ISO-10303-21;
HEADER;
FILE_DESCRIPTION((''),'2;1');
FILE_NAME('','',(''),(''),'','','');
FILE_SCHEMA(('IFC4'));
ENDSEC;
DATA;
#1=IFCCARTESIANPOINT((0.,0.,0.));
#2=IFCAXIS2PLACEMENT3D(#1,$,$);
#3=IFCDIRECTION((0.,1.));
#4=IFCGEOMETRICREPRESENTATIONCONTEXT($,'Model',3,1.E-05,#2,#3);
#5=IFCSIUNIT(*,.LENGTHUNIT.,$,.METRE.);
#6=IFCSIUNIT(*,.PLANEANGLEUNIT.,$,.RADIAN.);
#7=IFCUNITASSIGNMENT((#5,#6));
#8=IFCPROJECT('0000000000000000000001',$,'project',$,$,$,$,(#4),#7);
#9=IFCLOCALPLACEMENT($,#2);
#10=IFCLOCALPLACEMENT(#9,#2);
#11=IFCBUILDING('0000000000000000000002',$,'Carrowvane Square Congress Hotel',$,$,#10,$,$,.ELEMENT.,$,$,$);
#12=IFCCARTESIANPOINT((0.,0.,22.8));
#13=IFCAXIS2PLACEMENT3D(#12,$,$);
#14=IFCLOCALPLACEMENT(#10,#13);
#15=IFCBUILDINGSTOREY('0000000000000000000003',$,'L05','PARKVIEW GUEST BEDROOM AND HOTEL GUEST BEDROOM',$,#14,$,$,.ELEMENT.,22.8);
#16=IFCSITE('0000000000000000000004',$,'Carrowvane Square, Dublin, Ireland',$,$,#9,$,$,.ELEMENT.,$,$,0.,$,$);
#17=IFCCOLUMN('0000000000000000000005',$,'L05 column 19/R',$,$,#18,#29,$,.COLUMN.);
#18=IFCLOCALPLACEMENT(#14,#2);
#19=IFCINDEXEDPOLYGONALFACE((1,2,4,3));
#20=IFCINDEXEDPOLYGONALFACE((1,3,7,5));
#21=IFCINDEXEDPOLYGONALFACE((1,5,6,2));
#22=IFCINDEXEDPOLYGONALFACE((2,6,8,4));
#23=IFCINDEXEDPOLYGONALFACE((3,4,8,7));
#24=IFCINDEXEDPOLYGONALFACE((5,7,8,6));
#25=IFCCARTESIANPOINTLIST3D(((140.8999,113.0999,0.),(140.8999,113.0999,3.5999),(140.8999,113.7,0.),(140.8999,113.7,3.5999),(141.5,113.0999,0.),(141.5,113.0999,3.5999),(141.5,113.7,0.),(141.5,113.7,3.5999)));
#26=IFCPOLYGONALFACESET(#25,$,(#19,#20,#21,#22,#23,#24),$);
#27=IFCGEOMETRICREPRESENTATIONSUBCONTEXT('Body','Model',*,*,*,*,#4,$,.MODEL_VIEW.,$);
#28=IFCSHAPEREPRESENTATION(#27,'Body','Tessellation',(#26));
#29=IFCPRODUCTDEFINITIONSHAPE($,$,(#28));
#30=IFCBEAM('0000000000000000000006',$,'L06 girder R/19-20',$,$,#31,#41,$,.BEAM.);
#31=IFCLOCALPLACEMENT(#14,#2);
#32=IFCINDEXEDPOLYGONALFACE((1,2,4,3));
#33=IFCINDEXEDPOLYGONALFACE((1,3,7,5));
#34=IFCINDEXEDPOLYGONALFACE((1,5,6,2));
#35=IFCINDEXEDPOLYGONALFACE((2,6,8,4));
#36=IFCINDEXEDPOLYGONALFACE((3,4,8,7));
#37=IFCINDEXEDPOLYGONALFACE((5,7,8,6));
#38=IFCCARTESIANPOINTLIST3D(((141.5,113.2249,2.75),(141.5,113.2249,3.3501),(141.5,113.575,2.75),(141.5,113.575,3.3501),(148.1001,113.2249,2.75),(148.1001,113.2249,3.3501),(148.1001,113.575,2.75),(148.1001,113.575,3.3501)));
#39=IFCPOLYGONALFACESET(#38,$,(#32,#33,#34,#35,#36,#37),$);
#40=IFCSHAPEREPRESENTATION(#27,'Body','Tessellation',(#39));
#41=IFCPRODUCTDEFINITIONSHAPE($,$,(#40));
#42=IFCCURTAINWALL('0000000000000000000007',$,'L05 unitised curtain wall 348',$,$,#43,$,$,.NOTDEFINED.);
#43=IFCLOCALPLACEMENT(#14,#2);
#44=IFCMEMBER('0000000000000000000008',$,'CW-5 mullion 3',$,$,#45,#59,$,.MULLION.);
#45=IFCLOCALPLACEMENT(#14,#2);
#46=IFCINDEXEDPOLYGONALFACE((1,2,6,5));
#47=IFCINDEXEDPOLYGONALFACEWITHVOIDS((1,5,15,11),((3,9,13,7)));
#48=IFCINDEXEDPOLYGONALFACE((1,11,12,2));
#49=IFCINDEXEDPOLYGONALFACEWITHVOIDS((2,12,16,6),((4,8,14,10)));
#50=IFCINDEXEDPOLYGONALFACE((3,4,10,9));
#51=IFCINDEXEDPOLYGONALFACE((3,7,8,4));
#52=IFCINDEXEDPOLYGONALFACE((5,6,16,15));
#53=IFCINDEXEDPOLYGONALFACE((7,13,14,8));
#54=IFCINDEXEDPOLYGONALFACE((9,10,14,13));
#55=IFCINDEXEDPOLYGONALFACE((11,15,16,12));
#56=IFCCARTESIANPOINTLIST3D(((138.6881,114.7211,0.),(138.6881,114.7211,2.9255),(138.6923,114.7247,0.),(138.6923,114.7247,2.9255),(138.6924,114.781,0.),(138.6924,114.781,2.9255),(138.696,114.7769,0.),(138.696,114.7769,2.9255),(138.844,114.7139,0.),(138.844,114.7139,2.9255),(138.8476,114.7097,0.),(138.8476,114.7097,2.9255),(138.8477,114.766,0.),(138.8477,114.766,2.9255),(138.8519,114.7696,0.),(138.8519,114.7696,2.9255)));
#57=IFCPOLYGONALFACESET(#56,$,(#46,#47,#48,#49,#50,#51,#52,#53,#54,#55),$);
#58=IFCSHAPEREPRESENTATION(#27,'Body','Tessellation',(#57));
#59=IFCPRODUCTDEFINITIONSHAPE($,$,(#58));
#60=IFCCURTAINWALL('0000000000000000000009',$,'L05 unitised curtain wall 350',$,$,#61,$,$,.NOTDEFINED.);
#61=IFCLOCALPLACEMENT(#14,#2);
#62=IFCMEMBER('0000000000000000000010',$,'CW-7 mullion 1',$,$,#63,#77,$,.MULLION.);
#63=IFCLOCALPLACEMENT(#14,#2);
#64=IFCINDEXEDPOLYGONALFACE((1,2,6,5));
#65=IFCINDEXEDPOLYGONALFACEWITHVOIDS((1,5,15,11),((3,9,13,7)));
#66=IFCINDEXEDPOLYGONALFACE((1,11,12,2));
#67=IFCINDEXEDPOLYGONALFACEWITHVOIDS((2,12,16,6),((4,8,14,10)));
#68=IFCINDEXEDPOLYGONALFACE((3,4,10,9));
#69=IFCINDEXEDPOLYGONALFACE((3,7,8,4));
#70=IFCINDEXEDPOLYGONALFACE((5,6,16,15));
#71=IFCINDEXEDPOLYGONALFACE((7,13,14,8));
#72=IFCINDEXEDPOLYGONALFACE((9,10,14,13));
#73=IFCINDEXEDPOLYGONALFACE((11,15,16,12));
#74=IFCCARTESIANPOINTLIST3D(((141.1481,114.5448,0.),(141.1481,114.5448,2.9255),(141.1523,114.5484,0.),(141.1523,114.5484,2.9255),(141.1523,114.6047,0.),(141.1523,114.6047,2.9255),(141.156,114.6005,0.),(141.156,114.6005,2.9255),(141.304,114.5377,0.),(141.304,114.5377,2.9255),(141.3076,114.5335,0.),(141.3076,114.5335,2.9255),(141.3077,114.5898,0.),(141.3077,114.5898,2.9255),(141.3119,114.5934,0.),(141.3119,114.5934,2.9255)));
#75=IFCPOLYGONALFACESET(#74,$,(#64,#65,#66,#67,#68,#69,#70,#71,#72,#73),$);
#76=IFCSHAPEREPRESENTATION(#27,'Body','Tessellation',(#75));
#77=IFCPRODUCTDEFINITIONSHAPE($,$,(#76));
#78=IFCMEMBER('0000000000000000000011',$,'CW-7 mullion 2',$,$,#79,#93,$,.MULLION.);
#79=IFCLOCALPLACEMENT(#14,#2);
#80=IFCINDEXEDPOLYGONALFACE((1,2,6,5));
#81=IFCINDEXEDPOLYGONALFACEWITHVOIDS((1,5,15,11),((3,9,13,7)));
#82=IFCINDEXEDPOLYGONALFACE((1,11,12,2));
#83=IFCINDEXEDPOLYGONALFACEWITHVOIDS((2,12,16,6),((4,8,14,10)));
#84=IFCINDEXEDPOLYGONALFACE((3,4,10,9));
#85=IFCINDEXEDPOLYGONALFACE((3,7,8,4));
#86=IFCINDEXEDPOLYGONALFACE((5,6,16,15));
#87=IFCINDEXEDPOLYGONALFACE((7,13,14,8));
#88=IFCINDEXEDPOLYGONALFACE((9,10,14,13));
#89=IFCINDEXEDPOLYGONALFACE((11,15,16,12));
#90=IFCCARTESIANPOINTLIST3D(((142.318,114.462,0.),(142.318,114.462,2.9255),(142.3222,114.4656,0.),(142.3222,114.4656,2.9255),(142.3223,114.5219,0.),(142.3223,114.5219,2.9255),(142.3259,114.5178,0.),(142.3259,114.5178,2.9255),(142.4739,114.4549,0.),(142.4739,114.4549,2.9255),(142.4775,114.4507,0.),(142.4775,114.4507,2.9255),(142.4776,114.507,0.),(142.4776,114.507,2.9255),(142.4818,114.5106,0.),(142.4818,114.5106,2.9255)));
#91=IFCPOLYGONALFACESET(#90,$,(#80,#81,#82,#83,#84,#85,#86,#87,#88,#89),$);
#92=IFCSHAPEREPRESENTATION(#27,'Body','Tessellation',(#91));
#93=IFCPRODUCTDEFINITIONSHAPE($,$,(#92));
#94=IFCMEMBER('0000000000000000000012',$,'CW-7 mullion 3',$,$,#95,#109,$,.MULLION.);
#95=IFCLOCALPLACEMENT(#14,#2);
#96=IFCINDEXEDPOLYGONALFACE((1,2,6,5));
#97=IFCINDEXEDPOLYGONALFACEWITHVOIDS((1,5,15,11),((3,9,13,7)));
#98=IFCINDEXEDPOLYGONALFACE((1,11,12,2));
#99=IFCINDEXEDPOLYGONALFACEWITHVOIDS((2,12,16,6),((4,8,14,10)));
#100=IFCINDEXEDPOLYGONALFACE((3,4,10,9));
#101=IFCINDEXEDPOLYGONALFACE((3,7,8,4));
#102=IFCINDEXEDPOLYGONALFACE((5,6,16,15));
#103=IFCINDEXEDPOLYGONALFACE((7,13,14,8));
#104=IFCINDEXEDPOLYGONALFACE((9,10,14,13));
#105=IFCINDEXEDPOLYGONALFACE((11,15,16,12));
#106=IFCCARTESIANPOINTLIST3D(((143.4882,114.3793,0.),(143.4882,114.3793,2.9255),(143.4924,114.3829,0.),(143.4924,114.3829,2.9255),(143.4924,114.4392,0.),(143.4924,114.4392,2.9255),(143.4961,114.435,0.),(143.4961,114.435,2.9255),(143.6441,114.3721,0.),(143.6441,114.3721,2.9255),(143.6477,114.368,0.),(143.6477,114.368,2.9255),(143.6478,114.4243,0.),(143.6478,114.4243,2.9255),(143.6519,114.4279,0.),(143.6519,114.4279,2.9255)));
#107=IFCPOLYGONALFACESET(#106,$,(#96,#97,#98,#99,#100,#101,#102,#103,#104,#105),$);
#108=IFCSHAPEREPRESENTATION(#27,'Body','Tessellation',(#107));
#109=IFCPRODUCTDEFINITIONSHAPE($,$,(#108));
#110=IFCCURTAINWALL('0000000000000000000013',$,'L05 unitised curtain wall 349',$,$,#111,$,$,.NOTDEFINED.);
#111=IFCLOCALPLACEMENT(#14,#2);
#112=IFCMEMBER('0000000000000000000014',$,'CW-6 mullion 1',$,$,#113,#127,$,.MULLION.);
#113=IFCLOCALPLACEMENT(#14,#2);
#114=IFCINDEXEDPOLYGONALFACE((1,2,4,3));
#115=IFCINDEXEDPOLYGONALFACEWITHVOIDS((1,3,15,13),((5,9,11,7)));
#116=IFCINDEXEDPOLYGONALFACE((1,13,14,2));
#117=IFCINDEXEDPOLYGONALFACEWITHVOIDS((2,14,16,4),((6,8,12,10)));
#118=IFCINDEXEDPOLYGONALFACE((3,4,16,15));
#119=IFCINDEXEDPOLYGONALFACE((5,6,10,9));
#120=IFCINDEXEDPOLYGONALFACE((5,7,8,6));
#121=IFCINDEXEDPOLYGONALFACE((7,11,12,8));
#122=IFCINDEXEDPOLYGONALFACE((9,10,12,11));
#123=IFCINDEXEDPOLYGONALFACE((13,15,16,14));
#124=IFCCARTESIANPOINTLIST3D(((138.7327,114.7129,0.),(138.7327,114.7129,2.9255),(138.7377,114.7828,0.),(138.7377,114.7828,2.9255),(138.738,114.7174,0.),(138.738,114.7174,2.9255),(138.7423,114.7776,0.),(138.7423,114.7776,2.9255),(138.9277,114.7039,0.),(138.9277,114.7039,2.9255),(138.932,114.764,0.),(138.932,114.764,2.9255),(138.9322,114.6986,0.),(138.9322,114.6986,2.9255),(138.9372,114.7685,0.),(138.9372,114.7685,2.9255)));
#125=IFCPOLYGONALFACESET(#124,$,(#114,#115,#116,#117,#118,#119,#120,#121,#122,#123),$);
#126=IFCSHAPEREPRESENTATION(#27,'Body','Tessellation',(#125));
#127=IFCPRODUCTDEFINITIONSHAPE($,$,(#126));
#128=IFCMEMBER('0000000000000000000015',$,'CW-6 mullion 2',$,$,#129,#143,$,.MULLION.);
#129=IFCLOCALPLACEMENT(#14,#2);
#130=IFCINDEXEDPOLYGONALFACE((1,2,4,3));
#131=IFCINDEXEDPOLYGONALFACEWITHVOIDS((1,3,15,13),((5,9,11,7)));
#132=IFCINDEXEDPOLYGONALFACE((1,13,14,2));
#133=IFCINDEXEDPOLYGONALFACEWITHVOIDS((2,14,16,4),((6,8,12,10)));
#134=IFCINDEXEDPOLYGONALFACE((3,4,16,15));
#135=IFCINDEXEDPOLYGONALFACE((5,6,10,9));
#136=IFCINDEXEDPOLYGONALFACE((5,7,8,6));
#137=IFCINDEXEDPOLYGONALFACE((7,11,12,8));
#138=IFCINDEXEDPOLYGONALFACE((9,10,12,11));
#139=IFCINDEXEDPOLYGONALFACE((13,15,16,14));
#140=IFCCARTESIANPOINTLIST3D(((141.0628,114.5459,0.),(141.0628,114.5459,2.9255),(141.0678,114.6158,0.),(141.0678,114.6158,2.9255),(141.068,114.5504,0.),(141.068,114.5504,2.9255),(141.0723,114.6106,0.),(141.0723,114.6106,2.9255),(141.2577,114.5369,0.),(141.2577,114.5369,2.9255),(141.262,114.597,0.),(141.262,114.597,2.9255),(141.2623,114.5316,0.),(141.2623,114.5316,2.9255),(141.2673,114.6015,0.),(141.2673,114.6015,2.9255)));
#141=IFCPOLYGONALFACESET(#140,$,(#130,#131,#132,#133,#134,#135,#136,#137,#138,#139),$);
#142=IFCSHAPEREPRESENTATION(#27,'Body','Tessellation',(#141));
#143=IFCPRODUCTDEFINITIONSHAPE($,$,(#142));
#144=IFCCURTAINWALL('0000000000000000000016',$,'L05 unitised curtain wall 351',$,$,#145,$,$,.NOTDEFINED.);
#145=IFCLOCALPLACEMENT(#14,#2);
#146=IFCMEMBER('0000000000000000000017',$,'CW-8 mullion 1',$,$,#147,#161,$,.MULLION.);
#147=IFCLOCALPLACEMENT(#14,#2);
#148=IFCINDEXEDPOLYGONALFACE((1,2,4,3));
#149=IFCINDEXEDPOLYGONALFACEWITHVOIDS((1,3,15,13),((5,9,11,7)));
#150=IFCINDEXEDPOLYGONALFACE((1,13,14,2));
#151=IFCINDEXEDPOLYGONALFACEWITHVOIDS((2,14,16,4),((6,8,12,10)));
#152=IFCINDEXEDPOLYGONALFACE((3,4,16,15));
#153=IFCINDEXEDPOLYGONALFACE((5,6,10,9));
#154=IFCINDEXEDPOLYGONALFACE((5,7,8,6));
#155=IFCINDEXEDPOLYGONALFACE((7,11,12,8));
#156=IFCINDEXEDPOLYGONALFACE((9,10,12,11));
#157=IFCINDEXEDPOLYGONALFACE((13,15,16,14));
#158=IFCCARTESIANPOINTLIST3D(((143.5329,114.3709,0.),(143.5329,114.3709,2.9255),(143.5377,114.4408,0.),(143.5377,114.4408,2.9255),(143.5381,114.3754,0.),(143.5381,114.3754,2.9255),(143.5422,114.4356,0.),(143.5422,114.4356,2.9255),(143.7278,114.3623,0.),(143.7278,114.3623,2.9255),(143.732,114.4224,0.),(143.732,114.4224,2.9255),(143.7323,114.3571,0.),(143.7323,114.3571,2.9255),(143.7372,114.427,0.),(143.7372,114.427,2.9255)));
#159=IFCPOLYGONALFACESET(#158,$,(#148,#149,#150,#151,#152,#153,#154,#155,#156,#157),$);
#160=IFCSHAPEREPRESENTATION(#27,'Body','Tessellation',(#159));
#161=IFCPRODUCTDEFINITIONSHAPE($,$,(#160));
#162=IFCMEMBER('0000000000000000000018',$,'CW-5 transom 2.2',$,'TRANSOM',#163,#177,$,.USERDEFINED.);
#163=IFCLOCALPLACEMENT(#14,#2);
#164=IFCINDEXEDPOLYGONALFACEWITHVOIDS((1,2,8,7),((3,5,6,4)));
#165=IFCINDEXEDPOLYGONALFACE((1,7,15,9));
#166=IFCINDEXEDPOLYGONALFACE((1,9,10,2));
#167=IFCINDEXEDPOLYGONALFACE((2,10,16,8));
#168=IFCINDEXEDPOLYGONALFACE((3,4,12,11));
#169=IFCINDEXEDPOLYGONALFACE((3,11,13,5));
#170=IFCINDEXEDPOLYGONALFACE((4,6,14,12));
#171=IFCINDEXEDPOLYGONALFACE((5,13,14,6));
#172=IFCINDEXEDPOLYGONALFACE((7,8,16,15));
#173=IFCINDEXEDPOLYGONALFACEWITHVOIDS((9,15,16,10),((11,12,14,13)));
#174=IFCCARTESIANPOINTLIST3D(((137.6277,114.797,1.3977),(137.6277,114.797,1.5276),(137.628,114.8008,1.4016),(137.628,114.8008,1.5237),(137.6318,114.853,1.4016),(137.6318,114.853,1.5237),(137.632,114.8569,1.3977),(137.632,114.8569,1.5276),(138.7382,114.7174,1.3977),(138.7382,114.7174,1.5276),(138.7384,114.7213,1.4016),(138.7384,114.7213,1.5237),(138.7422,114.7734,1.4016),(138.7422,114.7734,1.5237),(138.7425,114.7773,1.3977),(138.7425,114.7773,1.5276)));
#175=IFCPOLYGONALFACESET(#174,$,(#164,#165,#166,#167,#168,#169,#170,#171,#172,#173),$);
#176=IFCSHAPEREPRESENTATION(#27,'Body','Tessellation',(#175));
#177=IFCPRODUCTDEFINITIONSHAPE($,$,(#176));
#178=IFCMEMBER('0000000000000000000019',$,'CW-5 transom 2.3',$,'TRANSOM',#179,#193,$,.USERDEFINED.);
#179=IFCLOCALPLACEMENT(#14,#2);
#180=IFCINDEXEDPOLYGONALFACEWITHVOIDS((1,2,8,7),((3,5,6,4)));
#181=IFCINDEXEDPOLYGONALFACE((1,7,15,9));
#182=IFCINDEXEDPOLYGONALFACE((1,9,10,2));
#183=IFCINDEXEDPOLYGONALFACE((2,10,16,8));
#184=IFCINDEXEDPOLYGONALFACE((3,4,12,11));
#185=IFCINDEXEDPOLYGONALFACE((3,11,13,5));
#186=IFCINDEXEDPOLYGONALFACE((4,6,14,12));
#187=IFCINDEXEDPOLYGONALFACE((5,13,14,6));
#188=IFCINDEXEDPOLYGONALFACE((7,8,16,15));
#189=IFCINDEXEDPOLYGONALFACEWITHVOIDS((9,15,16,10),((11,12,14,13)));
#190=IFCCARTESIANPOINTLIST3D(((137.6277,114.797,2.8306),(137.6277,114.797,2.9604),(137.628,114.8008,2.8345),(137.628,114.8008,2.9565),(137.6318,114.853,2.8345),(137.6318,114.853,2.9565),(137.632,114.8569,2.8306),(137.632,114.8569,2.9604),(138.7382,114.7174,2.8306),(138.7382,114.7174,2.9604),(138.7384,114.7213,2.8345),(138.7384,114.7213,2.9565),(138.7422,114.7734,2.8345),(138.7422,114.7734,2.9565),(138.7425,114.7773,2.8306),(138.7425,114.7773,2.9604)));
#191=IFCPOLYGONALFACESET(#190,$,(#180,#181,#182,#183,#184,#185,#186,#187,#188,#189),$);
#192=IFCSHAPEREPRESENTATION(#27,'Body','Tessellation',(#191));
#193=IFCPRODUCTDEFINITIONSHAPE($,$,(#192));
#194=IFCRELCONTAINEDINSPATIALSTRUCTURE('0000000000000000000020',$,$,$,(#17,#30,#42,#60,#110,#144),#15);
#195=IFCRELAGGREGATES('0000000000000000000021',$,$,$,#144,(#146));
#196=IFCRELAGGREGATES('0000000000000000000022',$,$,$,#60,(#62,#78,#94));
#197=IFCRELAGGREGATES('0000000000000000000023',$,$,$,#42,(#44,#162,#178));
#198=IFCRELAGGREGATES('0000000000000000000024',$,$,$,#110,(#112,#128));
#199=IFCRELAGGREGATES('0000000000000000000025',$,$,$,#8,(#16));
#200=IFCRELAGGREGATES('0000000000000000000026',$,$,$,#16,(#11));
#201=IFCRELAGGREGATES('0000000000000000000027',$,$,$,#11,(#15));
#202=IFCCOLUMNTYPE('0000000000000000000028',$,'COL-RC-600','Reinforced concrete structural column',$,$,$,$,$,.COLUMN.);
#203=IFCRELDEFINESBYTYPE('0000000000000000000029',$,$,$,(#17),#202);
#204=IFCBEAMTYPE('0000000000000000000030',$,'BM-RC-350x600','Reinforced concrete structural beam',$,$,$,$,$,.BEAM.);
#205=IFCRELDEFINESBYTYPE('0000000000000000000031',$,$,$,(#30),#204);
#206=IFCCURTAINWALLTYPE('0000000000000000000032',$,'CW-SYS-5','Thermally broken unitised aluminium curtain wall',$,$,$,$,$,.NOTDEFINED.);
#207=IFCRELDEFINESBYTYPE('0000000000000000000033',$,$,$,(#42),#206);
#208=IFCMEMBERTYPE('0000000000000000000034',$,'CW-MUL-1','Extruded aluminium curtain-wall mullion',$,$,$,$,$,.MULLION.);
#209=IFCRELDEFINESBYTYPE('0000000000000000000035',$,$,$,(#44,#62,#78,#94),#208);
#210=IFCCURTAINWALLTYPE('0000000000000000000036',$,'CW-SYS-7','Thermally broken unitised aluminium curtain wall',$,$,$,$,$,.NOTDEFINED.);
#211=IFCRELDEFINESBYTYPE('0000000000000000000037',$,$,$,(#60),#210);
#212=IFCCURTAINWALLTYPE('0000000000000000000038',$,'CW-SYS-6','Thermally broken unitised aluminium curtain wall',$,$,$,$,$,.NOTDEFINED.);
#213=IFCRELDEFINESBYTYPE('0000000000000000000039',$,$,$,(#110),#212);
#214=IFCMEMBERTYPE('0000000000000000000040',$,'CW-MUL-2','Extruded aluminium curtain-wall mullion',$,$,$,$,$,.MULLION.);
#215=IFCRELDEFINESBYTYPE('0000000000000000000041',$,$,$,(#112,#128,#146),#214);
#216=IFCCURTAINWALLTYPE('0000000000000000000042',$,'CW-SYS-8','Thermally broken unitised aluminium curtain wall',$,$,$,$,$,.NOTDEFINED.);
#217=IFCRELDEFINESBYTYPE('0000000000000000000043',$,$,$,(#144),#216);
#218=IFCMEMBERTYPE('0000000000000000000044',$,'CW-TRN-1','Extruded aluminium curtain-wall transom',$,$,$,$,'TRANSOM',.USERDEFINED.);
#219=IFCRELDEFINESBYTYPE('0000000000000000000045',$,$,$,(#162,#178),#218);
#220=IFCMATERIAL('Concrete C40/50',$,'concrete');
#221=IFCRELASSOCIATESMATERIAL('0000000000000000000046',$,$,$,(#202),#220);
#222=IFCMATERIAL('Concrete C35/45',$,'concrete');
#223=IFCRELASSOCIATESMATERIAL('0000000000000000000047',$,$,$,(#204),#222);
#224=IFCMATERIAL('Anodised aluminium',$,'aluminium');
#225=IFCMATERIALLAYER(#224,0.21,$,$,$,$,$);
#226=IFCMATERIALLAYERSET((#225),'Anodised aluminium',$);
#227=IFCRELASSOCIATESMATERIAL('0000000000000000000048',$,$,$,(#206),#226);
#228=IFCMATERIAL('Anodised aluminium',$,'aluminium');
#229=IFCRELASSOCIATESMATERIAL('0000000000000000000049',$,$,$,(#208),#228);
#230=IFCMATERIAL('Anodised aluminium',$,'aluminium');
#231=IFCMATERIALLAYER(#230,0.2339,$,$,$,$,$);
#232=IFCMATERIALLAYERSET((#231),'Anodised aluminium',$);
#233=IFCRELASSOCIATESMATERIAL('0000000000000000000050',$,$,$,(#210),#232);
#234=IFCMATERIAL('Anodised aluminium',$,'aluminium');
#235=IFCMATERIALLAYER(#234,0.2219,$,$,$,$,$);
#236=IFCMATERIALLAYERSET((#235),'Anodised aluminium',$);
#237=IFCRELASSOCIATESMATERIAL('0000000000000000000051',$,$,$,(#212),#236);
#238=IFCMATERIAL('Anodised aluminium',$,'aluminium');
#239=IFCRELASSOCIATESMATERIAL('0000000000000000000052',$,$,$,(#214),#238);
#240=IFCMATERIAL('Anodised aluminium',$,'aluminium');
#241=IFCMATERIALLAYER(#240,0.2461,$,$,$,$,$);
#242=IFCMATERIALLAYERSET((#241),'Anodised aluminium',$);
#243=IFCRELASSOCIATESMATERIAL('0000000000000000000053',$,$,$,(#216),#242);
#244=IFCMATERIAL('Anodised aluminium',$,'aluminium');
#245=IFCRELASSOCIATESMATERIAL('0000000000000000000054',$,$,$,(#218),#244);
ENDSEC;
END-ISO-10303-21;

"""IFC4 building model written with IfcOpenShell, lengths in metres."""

from ifc_helpers import new_model, si_unit, direction, frame, origin, origin_2d, place, context, subcontext, project, spatial, rectangle, hollow_rectangle, extrude, material, layer, layer_set, material_profile, profile_set, type_object, element, aggregate, save


model = new_model("IFC4")

# Units and contexts
model_context = context("Model", 3, precision=1e-05, world=origin(), true_north=direction((0.0, 1.0)))
body_context = subcontext(model_context, "Body", "Model", "MODEL_VIEW")
ifc_project = project(units=[si_unit("LENGTHUNIT", "METRE"), si_unit("PLANEANGLEUNIT", "RADIAN")], contexts=[model_context])

# Site, building, storey
site_placement = place(None, origin())
site = spatial("IfcSite", under=ifc_project, at=site_placement, Name="Carrowvane Square, Dublin, Ireland", CompositionType="ELEMENT", RefElevation=0.0)
building_placement = place(site_placement, origin())
building = spatial("IfcBuilding", under=site, at=building_placement, Name="Carrowvane Square Congress Hotel", CompositionType="ELEMENT")
storey_placement = place(building_placement, frame((0.0, 0.0, 22.8)))
storey = spatial("IfcBuildingStorey", under=building, at=storey_placement, Name="L05", Description="PARKVIEW GUEST BEDROOM AND HOTEL GUEST BEDROOM", CompositionType="ELEMENT", Elevation=22.8)

# Column
ifc_material_1 = material(Name="Concrete C40/50", Category="concrete")
ifc_material_profile_1 = material_profile(ifc_material_1, rectangle(XDim=0.6001, YDim=0.6001, at=origin_2d()), Name="RC 600x600")
ifc_profile_set_1 = profile_set([ifc_material_profile_1], Name="Concrete C40/50")
column_type = type_object("IfcColumnType", Name="COL-RC-600", Description="Reinforced concrete structural column", PredefinedType="COLUMN", material=ifc_profile_set_1)
column_placement = place(storey_placement, frame((141.2, 113.3999, 0.0), z_axis=(0.0, 0.0, 1.0), x_axis=(1.0, 0.0, 0.0)))
element("IfcColumn", 1, at=column_placement, inside=storey, type_object=column_type, Name="L05 column 19/R", PredefinedType="COLUMN", context=body_context, shape_type="SweptSolid", body=[
    extrude(rectangle(XDim=0.6001, YDim=0.6001, at=origin_2d()), origin(), (0.0, 0.0, 1.0), 3.5999),
])

# Beam
ifc_material_2 = material(Name="Concrete C35/45", Category="concrete")
ifc_material_profile_2 = material_profile(ifc_material_2, rectangle(XDim=0.3501, YDim=0.6001, at=origin_2d()), Name="RC 350x600")
ifc_profile_set_2 = profile_set([ifc_material_profile_2], Name="Concrete C35/45")
beam_type = type_object("IfcBeamType", Name="BM-RC-350x600", Description="Reinforced concrete structural beam", PredefinedType="BEAM", material=ifc_profile_set_2)
beam_placement = place(storey_placement, frame((141.5, 113.3999, 3.05), z_axis=(1.0, 0.0, 0.0), x_axis=(0.0, 1.0, 0.0)))
element("IfcBeam", 2, at=beam_placement, inside=storey, type_object=beam_type, Name="L06 girder R/19-20", PredefinedType="BEAM", context=body_context, shape_type="SweptSolid", body=[
    extrude(rectangle(XDim=0.3501, YDim=0.6001, at=origin_2d()), origin(), (0.0, 0.0, 1.0), 6.6001),
])

# Curtain wall, member
ifc_material_3 = material(Name="Anodised aluminium", Category="aluminium")
ifc_layer_1 = layer(ifc_material_3, 0.21)
ifc_layer_set_1 = layer_set([ifc_layer_1], Name="Anodised aluminium")
curtain_wall_type_1 = type_object("IfcCurtainWallType", Name="CW-SYS-5", Description="Thermally broken unitised aluminium curtain wall", PredefinedType="NOTDEFINED", material=ifc_layer_set_1)
curtain_wall_1_placement = place(storey_placement, origin())
curtain_wall_1 = element("IfcCurtainWall", 3, at=curtain_wall_1_placement, inside=storey, type_object=curtain_wall_type_1, Name="L05 unitised curtain wall 348", PredefinedType="NOTDEFINED")
ifc_material_4 = material(Name="Anodised aluminium", Category="aluminium")
ifc_material_profile_3 = material_profile(ifc_material_4, hollow_rectangle(XDim=0.0601, YDim=0.1599, WallThickness=0.0039, at=origin_2d()), Name="CW-ML 60x160x4")
ifc_profile_set_3 = profile_set([ifc_material_profile_3], Name="Anodised aluminium")
member_type_1 = type_object("IfcMemberType", Name="CW-MUL-1", Description="Extruded aluminium curtain-wall mullion", PredefinedType="MULLION", material=ifc_profile_set_3)
member_1_placement = place(storey_placement, frame((138.77, 114.7454, 0.0), z_axis=(0.0, 0.0, 1.0), x_axis=(0.071532, 0.997438, 0.0)))
member_1 = element("IfcMember", 4, at=member_1_placement, type_object=member_type_1, Name="CW-5 mullion 3", PredefinedType="MULLION", context=body_context, shape_type="SweptSolid", body=[
    extrude(hollow_rectangle(XDim=0.0601, YDim=0.1599, WallThickness=0.0039, at=origin_2d()), origin(), (0.0, 0.0, 1.0), 2.9255),
])

# Curtain walls, members
ifc_material_5 = material(Name="Anodised aluminium", Category="aluminium")
ifc_layer_2 = layer(ifc_material_5, 0.2339)
ifc_layer_set_2 = layer_set([ifc_layer_2], Name="Anodised aluminium")
curtain_wall_type_2 = type_object("IfcCurtainWallType", Name="CW-SYS-7", Description="Thermally broken unitised aluminium curtain wall", PredefinedType="NOTDEFINED", material=ifc_layer_set_2)
curtain_wall_2_placement = place(storey_placement, origin())
curtain_wall_2 = element("IfcCurtainWall", 5, at=curtain_wall_2_placement, inside=storey, type_object=curtain_wall_type_2, Name="L05 unitised curtain wall 350", PredefinedType="NOTDEFINED")
member_2_placement = place(storey_placement, frame((141.23, 114.5691, 0.0), z_axis=(0.0, 0.0, 1.0), x_axis=(0.070586, 0.997506, 0.0)))
member_2 = element("IfcMember", 6, at=member_2_placement, type_object=member_type_1, Name="CW-7 mullion 1", PredefinedType="MULLION", context=body_context, shape_type="SweptSolid", body=[
    extrude(hollow_rectangle(XDim=0.0601, YDim=0.1599, WallThickness=0.0039, at=origin_2d()), origin(), (0.0, 0.0, 1.0), 2.9255),
])
member_3_placement = place(storey_placement, frame((142.3999, 114.4863, 0.0), z_axis=(0.0, 0.0, 1.0), x_axis=(0.070586, 0.997506, 0.0)))
member_3 = element("IfcMember", 7, at=member_3_placement, type_object=member_type_1, Name="CW-7 mullion 2", PredefinedType="MULLION", context=body_context, shape_type="SweptSolid", body=[
    extrude(hollow_rectangle(XDim=0.0601, YDim=0.1599, WallThickness=0.0039, at=origin_2d()), origin(), (0.0, 0.0, 1.0), 2.9255),
])
member_4_placement = place(storey_placement, frame((143.5701, 114.4036, 0.0), z_axis=(0.0, 0.0, 1.0), x_axis=(0.070586, 0.997506, 0.0)))
member_4 = element("IfcMember", 8, at=member_4_placement, type_object=member_type_1, Name="CW-7 mullion 3", PredefinedType="MULLION", context=body_context, shape_type="SweptSolid", body=[
    extrude(hollow_rectangle(XDim=0.0601, YDim=0.1599, WallThickness=0.0039, at=origin_2d()), origin(), (0.0, 0.0, 1.0), 2.9255),
])
ifc_material_6 = material(Name="Anodised aluminium", Category="aluminium")
ifc_layer_3 = layer(ifc_material_6, 0.2219)
ifc_layer_set_3 = layer_set([ifc_layer_3], Name="Anodised aluminium")
curtain_wall_type_3 = type_object("IfcCurtainWallType", Name="CW-SYS-6", Description="Thermally broken unitised aluminium curtain wall", PredefinedType="NOTDEFINED", material=ifc_layer_set_3)
curtain_wall_3_placement = place(storey_placement, origin())
curtain_wall_3 = element("IfcCurtainWall", 9, at=curtain_wall_3_placement, inside=storey, type_object=curtain_wall_type_3, Name="L05 unitised curtain wall 349", PredefinedType="NOTDEFINED")
ifc_material_7 = material(Name="Anodised aluminium", Category="aluminium")
ifc_material_profile_4 = material_profile(ifc_material_7, hollow_rectangle(XDim=0.0701, YDim=0.2, WallThickness=0.0049, at=origin_2d()), Name="CW-ML 70x200x5")
ifc_profile_set_4 = profile_set([ifc_material_profile_4], Name="Anodised aluminium")
member_type_2 = type_object("IfcMemberType", Name="CW-MUL-2", Description="Extruded aluminium curtain-wall mullion", PredefinedType="MULLION", material=ifc_profile_set_4)
member_5_placement = place(storey_placement, frame((138.835, 114.7407, 0.0), z_axis=(0.0, 0.0, 1.0), x_axis=(0.071422, 0.997446, 0.0)))
member_5 = element("IfcMember", 10, at=member_5_placement, type_object=member_type_2, Name="CW-6 mullion 1", PredefinedType="MULLION", context=body_context, shape_type="SweptSolid", body=[
    extrude(hollow_rectangle(XDim=0.0701, YDim=0.2, WallThickness=0.0049, at=origin_2d()), origin(), (0.0, 0.0, 1.0), 2.9255),
])
member_6_placement = place(storey_placement, frame((141.165, 114.5737, 0.0), z_axis=(0.0, 0.0, 1.0), x_axis=(0.071422, 0.997446, 0.0)))
member_6 = element("IfcMember", 11, at=member_6_placement, type_object=member_type_2, Name="CW-6 mullion 2", PredefinedType="MULLION", context=body_context, shape_type="SweptSolid", body=[
    extrude(hollow_rectangle(XDim=0.0701, YDim=0.2, WallThickness=0.0049, at=origin_2d()), origin(), (0.0, 0.0, 1.0), 2.9255),
])

# Curtain wall, member
ifc_material_8 = material(Name="Anodised aluminium", Category="aluminium")
ifc_layer_4 = layer(ifc_material_8, 0.2461)
ifc_layer_set_4 = layer_set([ifc_layer_4], Name="Anodised aluminium")
curtain_wall_type_4 = type_object("IfcCurtainWallType", Name="CW-SYS-8", Description="Thermally broken unitised aluminium curtain wall", PredefinedType="NOTDEFINED", material=ifc_layer_set_4)
curtain_wall_4_placement = place(storey_placement, origin())
curtain_wall_4 = element("IfcCurtainWall", 12, at=curtain_wall_4_placement, inside=storey, type_object=curtain_wall_type_4, Name="L05 unitised curtain wall 351", PredefinedType="NOTDEFINED")
member_7_placement = place(storey_placement, frame((143.635, 114.3989, 0.0), z_axis=(0.0, 0.0, 1.0), x_axis=(0.068986, 0.997618, 0.0)))
member_7 = element("IfcMember", 13, at=member_7_placement, type_object=member_type_2, Name="CW-8 mullion 1", PredefinedType="MULLION", context=body_context, shape_type="SweptSolid", body=[
    extrude(hollow_rectangle(XDim=0.0701, YDim=0.2, WallThickness=0.0049, at=origin_2d()), origin(), (0.0, 0.0, 1.0), 2.9255),
])

# Members
ifc_material_9 = material(Name="Anodised aluminium", Category="aluminium")
ifc_material_profile_5 = material_profile(ifc_material_9, hollow_rectangle(XDim=0.0601, YDim=0.1299, WallThickness=0.0039, at=origin_2d()), Name="CW-TR 60x130x4")
ifc_profile_set_5 = profile_set([ifc_material_profile_5], Name="Anodised aluminium")
member_type_3 = type_object("IfcMemberType", Name="CW-TRN-1", Description="Extruded aluminium curtain-wall transom", ElementType="TRANSOM", PredefinedType="USERDEFINED", material=ifc_profile_set_5)
member_8_placement = place(storey_placement, frame((137.6299, 114.8269, 1.4626), z_axis=(0.997441, -0.071496, 0.0), x_axis=(0.071496, 0.997441, 0.0)))
member_8 = element("IfcMember", 14, at=member_8_placement, type_object=member_type_3, Name="CW-5 transom 2.2", ObjectType="TRANSOM", PredefinedType="USERDEFINED", context=body_context, shape_type="SweptSolid", body=[
    extrude(hollow_rectangle(XDim=0.0601, YDim=0.1299, WallThickness=0.0039, at=origin_2d()), origin(), (0.0, 0.0, 1.0), 1.1133),
])
member_9_placement = place(storey_placement, frame((137.6299, 114.8269, 2.8955), z_axis=(0.997441, -0.071496, 0.0), x_axis=(0.071496, 0.997441, 0.0)))
member_9 = element("IfcMember", 15, at=member_9_placement, type_object=member_type_3, Name="CW-5 transom 2.3", ObjectType="TRANSOM", PredefinedType="USERDEFINED", context=body_context, shape_type="SweptSolid", body=[
    extrude(hollow_rectangle(XDim=0.0601, YDim=0.1299, WallThickness=0.0039, at=origin_2d()), origin(), (0.0, 0.0, 1.0), 1.1133),
])
aggregate(curtain_wall_4, [member_7])

aggregate(curtain_wall_2, [member_2, member_3, member_4])
aggregate(curtain_wall_1, [member_1, member_8, member_9])
aggregate(curtain_wall_3, [member_5, member_6])

save(model, "model.ifc")
